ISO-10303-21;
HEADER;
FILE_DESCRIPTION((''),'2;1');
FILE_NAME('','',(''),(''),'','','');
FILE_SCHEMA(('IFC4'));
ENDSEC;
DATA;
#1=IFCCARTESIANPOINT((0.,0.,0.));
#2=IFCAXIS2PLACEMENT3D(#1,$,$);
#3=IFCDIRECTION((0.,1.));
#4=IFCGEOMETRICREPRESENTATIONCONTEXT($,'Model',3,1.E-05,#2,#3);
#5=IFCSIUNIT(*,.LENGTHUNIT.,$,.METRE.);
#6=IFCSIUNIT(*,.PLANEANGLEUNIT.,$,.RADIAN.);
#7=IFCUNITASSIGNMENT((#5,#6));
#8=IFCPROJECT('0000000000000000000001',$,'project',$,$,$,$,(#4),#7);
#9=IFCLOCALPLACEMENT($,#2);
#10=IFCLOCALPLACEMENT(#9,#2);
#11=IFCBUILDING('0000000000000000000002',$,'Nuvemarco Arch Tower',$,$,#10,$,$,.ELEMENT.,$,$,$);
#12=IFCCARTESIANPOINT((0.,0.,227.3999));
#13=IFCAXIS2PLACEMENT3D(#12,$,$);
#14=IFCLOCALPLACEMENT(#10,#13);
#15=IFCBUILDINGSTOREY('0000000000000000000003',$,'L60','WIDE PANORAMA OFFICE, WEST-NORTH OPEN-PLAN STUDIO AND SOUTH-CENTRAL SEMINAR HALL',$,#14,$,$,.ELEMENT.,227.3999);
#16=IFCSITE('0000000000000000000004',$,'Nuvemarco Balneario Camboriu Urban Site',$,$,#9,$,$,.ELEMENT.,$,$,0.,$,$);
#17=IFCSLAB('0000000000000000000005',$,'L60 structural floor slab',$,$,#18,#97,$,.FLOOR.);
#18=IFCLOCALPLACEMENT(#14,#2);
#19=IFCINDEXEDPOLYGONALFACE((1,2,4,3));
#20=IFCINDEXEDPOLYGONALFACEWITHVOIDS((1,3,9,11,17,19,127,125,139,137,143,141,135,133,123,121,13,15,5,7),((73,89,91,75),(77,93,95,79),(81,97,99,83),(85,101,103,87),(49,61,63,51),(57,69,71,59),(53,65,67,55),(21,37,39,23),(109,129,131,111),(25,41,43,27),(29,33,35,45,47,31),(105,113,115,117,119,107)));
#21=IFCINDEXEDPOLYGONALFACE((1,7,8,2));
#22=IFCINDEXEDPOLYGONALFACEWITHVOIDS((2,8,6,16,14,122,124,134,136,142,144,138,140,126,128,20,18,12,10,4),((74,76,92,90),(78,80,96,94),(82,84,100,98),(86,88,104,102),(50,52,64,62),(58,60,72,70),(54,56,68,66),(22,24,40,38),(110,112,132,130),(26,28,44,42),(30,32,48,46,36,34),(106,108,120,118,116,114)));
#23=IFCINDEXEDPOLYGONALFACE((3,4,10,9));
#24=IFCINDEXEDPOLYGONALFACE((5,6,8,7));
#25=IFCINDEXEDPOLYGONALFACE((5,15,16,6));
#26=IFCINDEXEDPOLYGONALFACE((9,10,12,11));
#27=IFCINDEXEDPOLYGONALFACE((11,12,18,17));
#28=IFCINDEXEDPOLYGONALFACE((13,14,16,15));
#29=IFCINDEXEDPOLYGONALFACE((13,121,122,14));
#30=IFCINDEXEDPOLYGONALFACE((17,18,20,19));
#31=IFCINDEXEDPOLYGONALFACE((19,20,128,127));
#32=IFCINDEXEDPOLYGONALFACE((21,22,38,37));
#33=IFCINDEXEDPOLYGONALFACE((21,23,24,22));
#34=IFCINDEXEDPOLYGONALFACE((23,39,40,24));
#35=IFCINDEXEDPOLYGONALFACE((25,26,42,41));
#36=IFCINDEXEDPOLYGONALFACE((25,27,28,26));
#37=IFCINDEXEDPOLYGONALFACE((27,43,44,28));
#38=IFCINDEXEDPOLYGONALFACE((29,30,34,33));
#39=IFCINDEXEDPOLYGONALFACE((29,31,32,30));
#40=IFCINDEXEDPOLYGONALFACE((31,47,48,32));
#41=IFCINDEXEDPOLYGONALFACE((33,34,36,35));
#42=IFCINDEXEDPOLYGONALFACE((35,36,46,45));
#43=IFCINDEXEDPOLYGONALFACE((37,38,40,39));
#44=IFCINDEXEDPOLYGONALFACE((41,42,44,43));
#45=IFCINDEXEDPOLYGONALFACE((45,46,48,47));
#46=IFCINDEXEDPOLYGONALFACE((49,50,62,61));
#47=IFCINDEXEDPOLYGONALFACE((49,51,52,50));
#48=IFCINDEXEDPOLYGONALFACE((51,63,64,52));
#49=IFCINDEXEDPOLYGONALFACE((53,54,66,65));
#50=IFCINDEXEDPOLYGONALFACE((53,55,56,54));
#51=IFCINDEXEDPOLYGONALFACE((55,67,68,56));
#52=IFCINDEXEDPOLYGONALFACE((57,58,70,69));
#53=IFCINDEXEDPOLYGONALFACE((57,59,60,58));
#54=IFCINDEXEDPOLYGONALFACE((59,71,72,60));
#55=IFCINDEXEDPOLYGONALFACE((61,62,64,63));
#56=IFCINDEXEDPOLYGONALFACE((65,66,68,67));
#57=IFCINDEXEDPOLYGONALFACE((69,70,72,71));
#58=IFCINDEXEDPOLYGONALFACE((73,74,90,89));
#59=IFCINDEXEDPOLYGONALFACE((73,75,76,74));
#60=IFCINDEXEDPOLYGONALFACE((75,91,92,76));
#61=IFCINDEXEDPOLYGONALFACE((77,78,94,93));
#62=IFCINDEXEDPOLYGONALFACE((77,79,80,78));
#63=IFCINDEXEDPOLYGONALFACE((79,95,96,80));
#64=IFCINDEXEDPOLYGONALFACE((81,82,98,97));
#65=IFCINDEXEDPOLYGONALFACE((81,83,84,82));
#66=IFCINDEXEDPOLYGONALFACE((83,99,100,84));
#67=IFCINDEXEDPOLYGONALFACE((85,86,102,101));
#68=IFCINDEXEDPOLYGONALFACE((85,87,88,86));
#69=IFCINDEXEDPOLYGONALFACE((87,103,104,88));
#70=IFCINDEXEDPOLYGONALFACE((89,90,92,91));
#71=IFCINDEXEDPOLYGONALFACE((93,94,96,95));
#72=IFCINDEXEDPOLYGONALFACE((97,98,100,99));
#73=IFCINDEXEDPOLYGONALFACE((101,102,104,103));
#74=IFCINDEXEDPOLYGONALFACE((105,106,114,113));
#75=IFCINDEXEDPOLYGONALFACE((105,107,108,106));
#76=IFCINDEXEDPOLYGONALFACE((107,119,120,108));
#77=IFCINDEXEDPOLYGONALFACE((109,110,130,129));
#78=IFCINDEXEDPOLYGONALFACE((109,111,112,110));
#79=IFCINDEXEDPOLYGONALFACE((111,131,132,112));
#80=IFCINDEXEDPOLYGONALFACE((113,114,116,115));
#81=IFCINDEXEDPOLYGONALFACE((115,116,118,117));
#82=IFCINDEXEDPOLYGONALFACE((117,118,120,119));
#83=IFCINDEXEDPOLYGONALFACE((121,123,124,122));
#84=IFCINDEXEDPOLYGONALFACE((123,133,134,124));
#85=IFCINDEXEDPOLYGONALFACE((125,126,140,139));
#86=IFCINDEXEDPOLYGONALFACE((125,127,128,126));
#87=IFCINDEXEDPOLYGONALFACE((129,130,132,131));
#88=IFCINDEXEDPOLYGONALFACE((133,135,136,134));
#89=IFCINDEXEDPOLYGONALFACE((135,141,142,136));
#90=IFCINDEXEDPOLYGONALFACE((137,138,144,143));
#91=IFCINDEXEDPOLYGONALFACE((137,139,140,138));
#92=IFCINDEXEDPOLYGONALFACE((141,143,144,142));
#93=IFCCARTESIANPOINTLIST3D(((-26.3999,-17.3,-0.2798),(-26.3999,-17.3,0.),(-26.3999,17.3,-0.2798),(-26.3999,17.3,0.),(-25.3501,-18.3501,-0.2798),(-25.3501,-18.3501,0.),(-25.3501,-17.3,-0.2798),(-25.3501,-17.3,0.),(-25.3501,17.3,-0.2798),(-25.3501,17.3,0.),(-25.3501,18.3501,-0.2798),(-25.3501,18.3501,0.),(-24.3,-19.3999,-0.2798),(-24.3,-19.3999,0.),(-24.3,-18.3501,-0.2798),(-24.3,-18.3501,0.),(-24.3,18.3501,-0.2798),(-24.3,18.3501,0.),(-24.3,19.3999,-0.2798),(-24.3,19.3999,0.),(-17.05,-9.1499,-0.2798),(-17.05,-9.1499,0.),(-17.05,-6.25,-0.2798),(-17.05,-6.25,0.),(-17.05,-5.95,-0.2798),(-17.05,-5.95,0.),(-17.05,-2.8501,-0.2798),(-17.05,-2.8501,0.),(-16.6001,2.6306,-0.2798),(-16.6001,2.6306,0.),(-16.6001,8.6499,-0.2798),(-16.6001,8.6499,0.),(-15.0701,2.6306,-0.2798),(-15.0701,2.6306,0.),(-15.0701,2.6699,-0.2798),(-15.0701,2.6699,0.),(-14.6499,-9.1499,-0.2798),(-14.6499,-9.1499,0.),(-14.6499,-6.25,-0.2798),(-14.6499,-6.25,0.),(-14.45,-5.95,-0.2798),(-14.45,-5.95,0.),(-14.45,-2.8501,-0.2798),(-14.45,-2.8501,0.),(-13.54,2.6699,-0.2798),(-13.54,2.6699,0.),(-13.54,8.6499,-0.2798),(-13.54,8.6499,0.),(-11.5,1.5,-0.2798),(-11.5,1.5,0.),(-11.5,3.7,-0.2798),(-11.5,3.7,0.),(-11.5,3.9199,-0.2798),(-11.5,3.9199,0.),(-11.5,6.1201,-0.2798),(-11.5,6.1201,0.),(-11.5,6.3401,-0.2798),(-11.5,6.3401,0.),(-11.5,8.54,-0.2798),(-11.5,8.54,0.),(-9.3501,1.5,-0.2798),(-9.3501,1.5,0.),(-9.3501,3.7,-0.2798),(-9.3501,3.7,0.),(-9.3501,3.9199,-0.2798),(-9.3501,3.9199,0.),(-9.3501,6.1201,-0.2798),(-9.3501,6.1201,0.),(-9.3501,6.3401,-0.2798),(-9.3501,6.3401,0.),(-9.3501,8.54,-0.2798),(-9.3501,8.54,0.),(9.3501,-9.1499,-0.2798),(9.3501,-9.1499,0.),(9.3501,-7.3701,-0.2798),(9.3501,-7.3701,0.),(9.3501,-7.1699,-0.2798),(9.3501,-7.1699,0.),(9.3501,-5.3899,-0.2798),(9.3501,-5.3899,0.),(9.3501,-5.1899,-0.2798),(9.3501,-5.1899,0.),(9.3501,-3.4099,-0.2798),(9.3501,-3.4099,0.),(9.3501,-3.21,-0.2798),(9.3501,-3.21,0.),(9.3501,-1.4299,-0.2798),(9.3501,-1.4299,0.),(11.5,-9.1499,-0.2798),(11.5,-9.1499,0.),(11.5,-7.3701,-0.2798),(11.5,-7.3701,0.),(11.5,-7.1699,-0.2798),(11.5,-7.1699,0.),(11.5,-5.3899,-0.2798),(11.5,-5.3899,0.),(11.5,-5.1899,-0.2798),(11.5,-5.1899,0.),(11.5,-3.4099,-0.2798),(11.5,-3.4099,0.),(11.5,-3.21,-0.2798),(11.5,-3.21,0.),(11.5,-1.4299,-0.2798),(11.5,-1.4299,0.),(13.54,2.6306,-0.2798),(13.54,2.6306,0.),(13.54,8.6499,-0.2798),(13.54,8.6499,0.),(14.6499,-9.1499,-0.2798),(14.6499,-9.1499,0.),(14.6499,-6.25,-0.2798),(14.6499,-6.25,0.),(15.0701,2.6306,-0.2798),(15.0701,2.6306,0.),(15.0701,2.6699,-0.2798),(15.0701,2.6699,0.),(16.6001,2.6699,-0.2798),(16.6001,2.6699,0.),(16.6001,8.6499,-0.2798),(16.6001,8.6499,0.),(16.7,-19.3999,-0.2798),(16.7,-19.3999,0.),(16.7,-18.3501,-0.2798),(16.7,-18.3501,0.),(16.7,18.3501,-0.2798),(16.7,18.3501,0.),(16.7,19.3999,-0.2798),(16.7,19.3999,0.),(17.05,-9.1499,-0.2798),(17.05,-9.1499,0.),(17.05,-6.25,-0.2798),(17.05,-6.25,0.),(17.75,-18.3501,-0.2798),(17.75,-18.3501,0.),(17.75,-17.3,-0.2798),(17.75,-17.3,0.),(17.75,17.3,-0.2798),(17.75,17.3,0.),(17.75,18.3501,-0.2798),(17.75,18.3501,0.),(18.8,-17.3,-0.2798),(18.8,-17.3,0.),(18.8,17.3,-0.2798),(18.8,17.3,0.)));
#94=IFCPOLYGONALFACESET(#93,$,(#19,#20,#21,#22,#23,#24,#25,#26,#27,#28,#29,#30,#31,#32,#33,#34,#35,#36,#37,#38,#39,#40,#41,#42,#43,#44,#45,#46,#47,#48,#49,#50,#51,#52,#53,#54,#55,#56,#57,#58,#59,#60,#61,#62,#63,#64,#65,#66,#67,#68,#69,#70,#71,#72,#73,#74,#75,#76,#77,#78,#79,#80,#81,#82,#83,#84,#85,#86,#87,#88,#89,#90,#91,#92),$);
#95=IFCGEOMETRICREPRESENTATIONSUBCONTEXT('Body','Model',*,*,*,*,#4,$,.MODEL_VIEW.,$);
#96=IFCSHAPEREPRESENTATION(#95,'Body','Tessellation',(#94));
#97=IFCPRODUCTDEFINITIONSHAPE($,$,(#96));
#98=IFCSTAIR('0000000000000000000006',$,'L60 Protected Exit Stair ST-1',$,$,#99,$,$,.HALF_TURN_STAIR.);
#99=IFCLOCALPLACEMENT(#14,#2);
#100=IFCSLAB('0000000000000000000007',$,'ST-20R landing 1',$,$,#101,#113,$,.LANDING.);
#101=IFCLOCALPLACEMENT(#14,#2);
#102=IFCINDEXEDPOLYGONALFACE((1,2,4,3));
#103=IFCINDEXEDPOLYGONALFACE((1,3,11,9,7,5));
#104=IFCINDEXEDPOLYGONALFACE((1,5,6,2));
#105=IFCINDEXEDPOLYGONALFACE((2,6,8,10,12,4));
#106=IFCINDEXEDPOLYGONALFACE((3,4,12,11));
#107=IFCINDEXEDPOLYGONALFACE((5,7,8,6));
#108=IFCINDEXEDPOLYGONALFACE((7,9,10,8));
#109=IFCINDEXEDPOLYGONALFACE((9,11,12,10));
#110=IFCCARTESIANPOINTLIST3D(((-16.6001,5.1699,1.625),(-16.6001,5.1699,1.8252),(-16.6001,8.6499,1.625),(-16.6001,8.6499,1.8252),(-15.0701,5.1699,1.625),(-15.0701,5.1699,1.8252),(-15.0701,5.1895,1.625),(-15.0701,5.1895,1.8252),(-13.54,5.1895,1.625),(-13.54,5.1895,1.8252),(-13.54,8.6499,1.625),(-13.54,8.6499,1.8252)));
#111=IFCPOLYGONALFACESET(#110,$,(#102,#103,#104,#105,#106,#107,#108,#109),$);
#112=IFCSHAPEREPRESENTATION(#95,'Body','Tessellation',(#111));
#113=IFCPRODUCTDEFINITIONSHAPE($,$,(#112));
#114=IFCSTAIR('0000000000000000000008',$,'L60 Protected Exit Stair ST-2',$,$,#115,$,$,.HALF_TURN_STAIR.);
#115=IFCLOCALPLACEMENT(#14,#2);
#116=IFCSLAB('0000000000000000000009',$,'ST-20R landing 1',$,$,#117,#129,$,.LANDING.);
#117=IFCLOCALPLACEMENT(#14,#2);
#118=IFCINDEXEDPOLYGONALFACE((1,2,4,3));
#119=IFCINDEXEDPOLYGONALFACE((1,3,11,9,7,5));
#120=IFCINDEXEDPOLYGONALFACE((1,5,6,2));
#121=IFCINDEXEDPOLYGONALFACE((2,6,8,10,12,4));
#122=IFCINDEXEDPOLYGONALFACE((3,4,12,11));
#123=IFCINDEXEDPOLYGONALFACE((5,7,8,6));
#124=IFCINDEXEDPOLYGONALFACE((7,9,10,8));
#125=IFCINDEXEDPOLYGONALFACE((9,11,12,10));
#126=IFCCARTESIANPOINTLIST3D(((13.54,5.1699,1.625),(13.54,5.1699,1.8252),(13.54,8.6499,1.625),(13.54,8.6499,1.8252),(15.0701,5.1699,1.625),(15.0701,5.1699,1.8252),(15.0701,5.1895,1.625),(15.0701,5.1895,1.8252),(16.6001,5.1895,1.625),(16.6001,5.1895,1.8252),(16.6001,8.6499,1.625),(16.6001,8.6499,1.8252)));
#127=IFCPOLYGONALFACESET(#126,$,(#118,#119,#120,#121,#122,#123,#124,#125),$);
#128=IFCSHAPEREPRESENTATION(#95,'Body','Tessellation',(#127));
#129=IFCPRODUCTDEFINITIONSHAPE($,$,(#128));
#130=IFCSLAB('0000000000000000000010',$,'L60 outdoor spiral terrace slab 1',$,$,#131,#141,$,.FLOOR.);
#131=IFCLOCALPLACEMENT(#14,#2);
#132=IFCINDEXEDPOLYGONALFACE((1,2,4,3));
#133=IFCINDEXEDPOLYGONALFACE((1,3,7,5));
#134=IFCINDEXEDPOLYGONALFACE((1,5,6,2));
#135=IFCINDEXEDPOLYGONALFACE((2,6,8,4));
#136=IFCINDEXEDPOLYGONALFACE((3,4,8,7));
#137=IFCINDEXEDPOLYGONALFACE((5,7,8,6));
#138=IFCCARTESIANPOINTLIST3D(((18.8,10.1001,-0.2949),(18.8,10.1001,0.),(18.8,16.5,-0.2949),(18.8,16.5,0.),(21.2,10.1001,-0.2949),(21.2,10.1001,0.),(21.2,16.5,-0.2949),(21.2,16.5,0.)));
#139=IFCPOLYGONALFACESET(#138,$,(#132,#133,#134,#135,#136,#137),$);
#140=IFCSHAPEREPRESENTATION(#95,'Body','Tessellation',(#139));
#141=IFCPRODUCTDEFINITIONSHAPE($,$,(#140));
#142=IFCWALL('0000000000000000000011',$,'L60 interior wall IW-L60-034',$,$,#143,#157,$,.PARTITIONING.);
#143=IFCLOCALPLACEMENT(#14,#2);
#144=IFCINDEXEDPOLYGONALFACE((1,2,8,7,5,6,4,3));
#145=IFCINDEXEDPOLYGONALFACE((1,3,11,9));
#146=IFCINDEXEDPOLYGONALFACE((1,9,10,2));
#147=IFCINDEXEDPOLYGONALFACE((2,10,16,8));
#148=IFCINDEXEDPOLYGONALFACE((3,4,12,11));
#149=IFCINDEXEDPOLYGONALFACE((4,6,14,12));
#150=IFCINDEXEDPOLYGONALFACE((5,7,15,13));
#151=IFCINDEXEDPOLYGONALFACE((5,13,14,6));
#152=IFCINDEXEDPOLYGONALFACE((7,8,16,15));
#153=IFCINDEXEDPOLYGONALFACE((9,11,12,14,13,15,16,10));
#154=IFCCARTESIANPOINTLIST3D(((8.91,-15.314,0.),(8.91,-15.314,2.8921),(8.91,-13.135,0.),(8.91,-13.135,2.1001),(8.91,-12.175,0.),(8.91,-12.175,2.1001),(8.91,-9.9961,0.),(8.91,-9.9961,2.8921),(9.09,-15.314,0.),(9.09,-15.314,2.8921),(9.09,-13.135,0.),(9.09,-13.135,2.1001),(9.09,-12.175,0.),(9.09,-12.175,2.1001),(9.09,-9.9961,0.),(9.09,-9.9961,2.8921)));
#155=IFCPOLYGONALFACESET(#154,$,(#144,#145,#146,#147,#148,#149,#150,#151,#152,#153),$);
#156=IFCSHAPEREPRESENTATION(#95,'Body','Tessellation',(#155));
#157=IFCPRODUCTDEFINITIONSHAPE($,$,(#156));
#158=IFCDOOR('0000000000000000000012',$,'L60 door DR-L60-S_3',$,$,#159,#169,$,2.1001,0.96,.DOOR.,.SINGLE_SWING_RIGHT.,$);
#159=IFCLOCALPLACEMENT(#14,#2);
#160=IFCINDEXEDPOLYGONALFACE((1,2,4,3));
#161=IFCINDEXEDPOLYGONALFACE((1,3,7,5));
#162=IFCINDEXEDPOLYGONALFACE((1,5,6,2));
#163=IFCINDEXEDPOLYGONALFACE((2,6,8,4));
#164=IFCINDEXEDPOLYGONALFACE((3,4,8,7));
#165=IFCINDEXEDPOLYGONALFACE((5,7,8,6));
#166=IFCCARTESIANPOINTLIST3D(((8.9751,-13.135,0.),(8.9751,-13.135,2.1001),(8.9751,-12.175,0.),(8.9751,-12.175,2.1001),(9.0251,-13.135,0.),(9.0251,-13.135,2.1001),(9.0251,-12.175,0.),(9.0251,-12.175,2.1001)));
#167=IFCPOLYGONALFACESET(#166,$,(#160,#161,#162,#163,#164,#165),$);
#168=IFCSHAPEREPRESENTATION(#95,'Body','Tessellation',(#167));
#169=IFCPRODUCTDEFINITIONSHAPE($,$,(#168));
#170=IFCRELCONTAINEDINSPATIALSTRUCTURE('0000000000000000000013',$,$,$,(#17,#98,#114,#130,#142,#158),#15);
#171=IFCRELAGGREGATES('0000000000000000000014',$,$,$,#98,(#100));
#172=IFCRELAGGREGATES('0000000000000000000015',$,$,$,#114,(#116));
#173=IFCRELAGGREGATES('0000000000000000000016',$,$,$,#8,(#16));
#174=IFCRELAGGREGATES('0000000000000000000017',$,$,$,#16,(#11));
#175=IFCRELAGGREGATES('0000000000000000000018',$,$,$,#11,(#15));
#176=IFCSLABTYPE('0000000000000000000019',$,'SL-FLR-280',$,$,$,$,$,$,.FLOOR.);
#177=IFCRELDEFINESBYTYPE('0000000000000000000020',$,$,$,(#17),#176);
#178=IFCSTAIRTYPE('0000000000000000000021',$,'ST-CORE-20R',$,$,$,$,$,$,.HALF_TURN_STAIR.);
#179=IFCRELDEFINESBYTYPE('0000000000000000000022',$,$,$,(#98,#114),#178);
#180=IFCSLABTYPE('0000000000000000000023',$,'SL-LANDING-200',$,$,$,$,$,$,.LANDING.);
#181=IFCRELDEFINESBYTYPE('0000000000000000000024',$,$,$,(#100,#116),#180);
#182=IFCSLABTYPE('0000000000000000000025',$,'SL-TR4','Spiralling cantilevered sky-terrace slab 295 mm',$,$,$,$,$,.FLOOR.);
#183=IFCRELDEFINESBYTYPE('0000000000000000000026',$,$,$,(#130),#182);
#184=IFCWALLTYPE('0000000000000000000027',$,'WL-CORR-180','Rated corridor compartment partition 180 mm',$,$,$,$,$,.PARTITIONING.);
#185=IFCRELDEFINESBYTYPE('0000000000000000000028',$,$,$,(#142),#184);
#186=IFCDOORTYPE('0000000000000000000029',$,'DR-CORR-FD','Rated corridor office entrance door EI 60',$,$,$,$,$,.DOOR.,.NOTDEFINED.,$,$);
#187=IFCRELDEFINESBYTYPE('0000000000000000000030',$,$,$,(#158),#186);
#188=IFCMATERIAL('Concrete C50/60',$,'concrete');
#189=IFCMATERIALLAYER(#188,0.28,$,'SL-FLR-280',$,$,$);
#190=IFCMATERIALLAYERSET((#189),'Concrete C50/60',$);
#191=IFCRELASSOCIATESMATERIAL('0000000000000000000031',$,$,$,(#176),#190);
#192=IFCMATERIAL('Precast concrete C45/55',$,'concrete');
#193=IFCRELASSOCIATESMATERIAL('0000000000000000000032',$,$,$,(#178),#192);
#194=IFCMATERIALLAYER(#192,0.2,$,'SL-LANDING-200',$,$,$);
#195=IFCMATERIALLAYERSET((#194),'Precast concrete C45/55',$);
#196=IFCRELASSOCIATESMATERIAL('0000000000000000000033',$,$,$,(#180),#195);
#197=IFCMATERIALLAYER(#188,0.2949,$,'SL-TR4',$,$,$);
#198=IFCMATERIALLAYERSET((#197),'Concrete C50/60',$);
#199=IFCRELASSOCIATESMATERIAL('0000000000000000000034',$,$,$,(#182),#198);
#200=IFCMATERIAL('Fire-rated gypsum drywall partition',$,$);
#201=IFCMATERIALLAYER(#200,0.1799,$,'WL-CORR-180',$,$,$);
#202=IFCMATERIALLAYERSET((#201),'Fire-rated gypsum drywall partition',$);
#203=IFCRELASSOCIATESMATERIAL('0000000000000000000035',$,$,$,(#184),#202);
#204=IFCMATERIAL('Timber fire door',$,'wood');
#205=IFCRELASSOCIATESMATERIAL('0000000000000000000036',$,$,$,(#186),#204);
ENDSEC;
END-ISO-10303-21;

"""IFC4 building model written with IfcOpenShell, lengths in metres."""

from ifc_helpers import new_model, si_unit, direction, frame, frame_2d, origin, place, context, subcontext, project, spatial, polyline, rectangle, outline, extrude, source, transform, mapped, material, layer, layer_set, type_object, type_shapes, element, fill, aggregate, save


model = new_model("IFC4")

# Units and contexts
model_context = context("Model", 3, precision=1e-05, world=origin(), true_north=direction((0.0, 1.0)))
body_context = subcontext(model_context, "Body", "Model", "MODEL_VIEW")
ifc_project = project(units=[si_unit("LENGTHUNIT", "METRE"), si_unit("PLANEANGLEUNIT", "RADIAN")], contexts=[model_context])

# Site, building, storey
site_placement = place(None, origin())
site = spatial("IfcSite", under=ifc_project, at=site_placement, Name="Nuvemarco Balneario Camboriu Urban Site", CompositionType="ELEMENT", RefElevation=0.0)
building_placement = place(site_placement, origin())
building = spatial("IfcBuilding", under=site, at=building_placement, Name="Nuvemarco Arch Tower", CompositionType="ELEMENT")
storey_placement = place(building_placement, frame((0.0, 0.0, 227.3999)))
storey = spatial("IfcBuildingStorey", under=building, at=storey_placement, Name="L60", Description="WIDE PANORAMA OFFICE, WEST-NORTH OPEN-PLAN STUDIO AND SOUTH-CENTRAL SEMINAR HALL", CompositionType="ELEMENT", Elevation=227.3999)

# Slab
ifc_material_1 = material(Name="Concrete C50/60", Category="concrete")
ifc_layer_1 = layer(ifc_material_1, 0.28, Name="SL-FLR-280")
ifc_layer_set_1 = layer_set([ifc_layer_1], Name="Concrete C50/60")
slab_type_1 = type_object("IfcSlabType", Name="SL-FLR-280", PredefinedType="FLOOR", material=ifc_layer_set_1)
slab_1_placement = place(storey_placement, frame((0.0, 0.0, -0.2798)))
element("IfcSlab", 1, at=slab_1_placement, inside=storey, type_object=slab_type_1, Name="L60 structural floor slab", PredefinedType="FLOOR", context=body_context, shape_type="SweptSolid", body=[
    extrude(outline(polyline([(-24.3, -19.3999), (16.7, -19.3999), (16.7, -18.3501), (17.75, -18.3501), (17.75, -17.3), (18.8, -17.3), (18.8, 17.3), (17.75, 17.3), (17.75, 18.3501), (16.7, 18.3501), (16.7, 19.3999), (-24.3, 19.3999), (-24.3, 18.3501), (-25.3501, 18.3501), (-25.3501, 17.3), (-26.3999, 17.3), (-26.3999, -17.3), (-25.3501, -17.3), (-25.3501, -18.3501), (-24.3, -18.3501), (-24.3, -19.3999)]), holes=[polyline([(-13.54, 2.6699), (-13.54, 8.6499), (-16.6001, 8.6499), (-16.6001, 2.6306), (-15.0701, 2.6306), (-15.0701, 2.6699), (-13.54, 2.6699)]), polyline([(16.6001, 2.6699), (16.6001, 8.6499), (13.54, 8.6499), (13.54, 2.6306), (15.0701, 2.6306), (15.0701, 2.6699), (16.6001, 2.6699)]), polyline([(-17.05, -9.1499), (-14.6499, -9.1499), (-14.6499, -6.25), (-17.05, -6.25), (-17.05, -9.1499)]), polyline([(-17.05, -5.95), (-14.45, -5.95), (-14.45, -2.8501), (-17.05, -2.8501), (-17.05, -5.95)]), polyline([(-11.5, 1.5), (-9.3501, 1.5), (-9.3501, 3.7), (-11.5, 3.7), (-11.5, 1.5)]), polyline([(-11.5, 3.9199), (-9.3501, 3.9199), (-9.3501, 6.1201), (-11.5, 6.1201), (-11.5, 3.9199)]), polyline([(-11.5, 6.3401), (-9.3501, 6.3401), (-9.3501, 8.54), (-11.5, 8.54), (-11.5, 6.3401)]), polyline([(14.6499, -9.1499), (17.05, -9.1499), (17.05, -6.25), (14.6499, -6.25), (14.6499, -9.1499)]), polyline([(9.3501, -9.1499), (11.5, -9.1499), (11.5, -7.3701), (9.3501, -7.3701), (9.3501, -9.1499)]), polyline([(9.3501, -7.1699), (11.5, -7.1699), (11.5, -5.3899), (9.3501, -5.3899), (9.3501, -7.1699)]), polyline([(9.3501, -5.1899), (11.5, -5.1899), (11.5, -3.4099), (9.3501, -3.4099), (9.3501, -5.1899)]), polyline([(9.3501, -3.21), (11.5, -3.21), (11.5, -1.4299), (9.3501, -1.4299), (9.3501, -3.21)])]), origin(), (0.0, 0.0, 1.0), 0.2798),
])

# Stairs, slabs
ifc_material_2 = material(Name="Precast concrete C45/55", Category="concrete")
stair_type = type_object("IfcStairType", Name="ST-CORE-20R", PredefinedType="HALF_TURN_STAIR", material=ifc_material_2)
stair_1_placement = place(storey_placement, origin())
stair_1 = element("IfcStair", 2, at=stair_1_placement, inside=storey, type_object=stair_type, Name="L60 Protected Exit Stair ST-1", PredefinedType="HALF_TURN_STAIR")
ifc_layer_2 = layer(ifc_material_2, 0.2, Name="SL-LANDING-200")
ifc_layer_set_2 = layer_set([ifc_layer_2], Name="Precast concrete C45/55")
slab_type_2 = type_object("IfcSlabType", Name="SL-LANDING-200", PredefinedType="LANDING", material=ifc_layer_set_2)
slab_2_placement = place(storey_placement, frame((0.0, 0.0, 1.625)))
slab_2 = element("IfcSlab", 3, at=slab_2_placement, type_object=slab_type_2, Name="ST-20R landing 1", PredefinedType="LANDING", context=body_context, shape_type="SweptSolid", body=[
    extrude(outline(polyline([(-13.54, 5.1895), (-13.54, 8.6499), (-16.6001, 8.6499), (-16.6001, 5.1699), (-15.0701, 5.1699), (-15.0701, 5.1895), (-13.54, 5.1895)])), origin(), (0.0, 0.0, 1.0), 0.2002),
])
aggregate(stair_1, [slab_2])
stair_2_placement = place(storey_placement, origin())
stair_2 = element("IfcStair", 4, at=stair_2_placement, inside=storey, type_object=stair_type, Name="L60 Protected Exit Stair ST-2", PredefinedType="HALF_TURN_STAIR")
slab_3_placement = place(storey_placement, frame((0.0, 0.0, 1.625)))
slab_3 = element("IfcSlab", 5, at=slab_3_placement, type_object=slab_type_2, Name="ST-20R landing 1", PredefinedType="LANDING", context=body_context, shape_type="SweptSolid", body=[
    extrude(outline(polyline([(16.6001, 5.1895), (16.6001, 8.6499), (13.54, 8.6499), (13.54, 5.1699), (15.0701, 5.1699), (15.0701, 5.1895), (16.6001, 5.1895)])), origin(), (0.0, 0.0, 1.0), 0.2002),
])
aggregate(stair_2, [slab_3])

# Slab
ifc_layer_3 = layer(ifc_material_1, 0.2949, Name="SL-TR4")
ifc_layer_set_3 = layer_set([ifc_layer_3], Name="Concrete C50/60")
slab_type_3 = type_object("IfcSlabType", Name="SL-TR4", Description="Spiralling cantilevered sky-terrace slab 295 mm", PredefinedType="FLOOR", material=ifc_layer_set_3)
slab_4_placement = place(storey_placement, frame((0.0, 0.0, -0.2949)))
element("IfcSlab", 6, at=slab_4_placement, inside=storey, type_object=slab_type_3, Name="L60 outdoor spiral terrace slab 1", PredefinedType="FLOOR", context=body_context, shape_type="SweptSolid", body=[
    extrude(outline(polyline([(18.8, 10.1001), (21.2, 10.1001), (21.2, 16.5), (18.8, 16.5), (18.8, 10.1001)])), origin(), (0.0, 0.0, 1.0), 0.2949),
])

# Wall, opening, door
ifc_material_3 = material(Name="Fire-rated gypsum drywall partition")
ifc_layer_4 = layer(ifc_material_3, 0.1799, Name="WL-CORR-180")
ifc_layer_set_4 = layer_set([ifc_layer_4], Name="Fire-rated gypsum drywall partition")
wall_type_1 = type_object("IfcWallType", Name="WL-CORR-180", Description="Rated corridor compartment partition 180 mm", PredefinedType="PARTITIONING", material=ifc_layer_set_4)
wall_placement = place(storey_placement, frame((9.0, -15.314, 0.0), z_axis=(0.0, 0.0, 1.0), x_axis=(0.0, 1.0, 0.0)))
wall = element("IfcWall", 7, at=wall_placement, inside=storey, type_object=wall_type_1, Name="L60 interior wall IW-L60-034", PredefinedType="PARTITIONING", context=body_context, shape_type="SweptSolid", body=[
    extrude(rectangle(XDim=5.3179, YDim=0.1799, at=frame_2d((2.6589, 0.0))), origin(), (0.0, 0.0, 1.0), 2.8921),
])
opening_placement = place(wall_placement, frame((2.179, 0.0, 0.0)))
opening = element("IfcOpeningElement", 8, at=opening_placement, cuts=wall, PredefinedType="OPENING", context=body_context, shape_type="SweptSolid", body=[
    extrude(rectangle(XDim=0.96, YDim=2.1001, at=frame_2d((0.48, 1.05))), frame((0.0, 0.0999, 0.0), z_axis=(0.0, -1.0, 0.0), x_axis=(1.0, 0.0, 0.0)), (0.0, 0.0, 1.0), 0.2),
])
ifc_material_4 = material(Name="Timber fire door", Category="wood")
door_type = type_object("IfcDoorType", Name="DR-CORR-FD", Description="Rated corridor office entrance door EI 60", OperationType="NOTDEFINED", PredefinedType="DOOR", material=ifc_material_4)
shared_shape = source(origin(), body_context, "Body", "SweptSolid", [
    extrude(rectangle(XDim=0.96, YDim=2.1001, at=frame_2d((0.48, 1.05))), frame((0.0, 0.0249, 0.0), z_axis=(0.0, -1.0, 0.0), x_axis=(1.0, 0.0, 0.0)), (0.0, 0.0, 1.0), 0.05),
])
type_shapes(door_type, [shared_shape])
door_placement = place(opening_placement, origin())
door = element("IfcDoor", 9, at=door_placement, inside=storey, type_object=door_type, Name="L60 door DR-L60-S_3", OperationType="SINGLE_SWING_RIGHT", OverallHeight=2.1001, OverallWidth=0.96, PredefinedType="DOOR", context=body_context, shape_type="MappedRepresentation", body=[
    mapped(shared_shape, transform((0.0, 0.0, 0.0), scale=1.0)),
])
fill(opening, door)

save(model, "model.ifc")
